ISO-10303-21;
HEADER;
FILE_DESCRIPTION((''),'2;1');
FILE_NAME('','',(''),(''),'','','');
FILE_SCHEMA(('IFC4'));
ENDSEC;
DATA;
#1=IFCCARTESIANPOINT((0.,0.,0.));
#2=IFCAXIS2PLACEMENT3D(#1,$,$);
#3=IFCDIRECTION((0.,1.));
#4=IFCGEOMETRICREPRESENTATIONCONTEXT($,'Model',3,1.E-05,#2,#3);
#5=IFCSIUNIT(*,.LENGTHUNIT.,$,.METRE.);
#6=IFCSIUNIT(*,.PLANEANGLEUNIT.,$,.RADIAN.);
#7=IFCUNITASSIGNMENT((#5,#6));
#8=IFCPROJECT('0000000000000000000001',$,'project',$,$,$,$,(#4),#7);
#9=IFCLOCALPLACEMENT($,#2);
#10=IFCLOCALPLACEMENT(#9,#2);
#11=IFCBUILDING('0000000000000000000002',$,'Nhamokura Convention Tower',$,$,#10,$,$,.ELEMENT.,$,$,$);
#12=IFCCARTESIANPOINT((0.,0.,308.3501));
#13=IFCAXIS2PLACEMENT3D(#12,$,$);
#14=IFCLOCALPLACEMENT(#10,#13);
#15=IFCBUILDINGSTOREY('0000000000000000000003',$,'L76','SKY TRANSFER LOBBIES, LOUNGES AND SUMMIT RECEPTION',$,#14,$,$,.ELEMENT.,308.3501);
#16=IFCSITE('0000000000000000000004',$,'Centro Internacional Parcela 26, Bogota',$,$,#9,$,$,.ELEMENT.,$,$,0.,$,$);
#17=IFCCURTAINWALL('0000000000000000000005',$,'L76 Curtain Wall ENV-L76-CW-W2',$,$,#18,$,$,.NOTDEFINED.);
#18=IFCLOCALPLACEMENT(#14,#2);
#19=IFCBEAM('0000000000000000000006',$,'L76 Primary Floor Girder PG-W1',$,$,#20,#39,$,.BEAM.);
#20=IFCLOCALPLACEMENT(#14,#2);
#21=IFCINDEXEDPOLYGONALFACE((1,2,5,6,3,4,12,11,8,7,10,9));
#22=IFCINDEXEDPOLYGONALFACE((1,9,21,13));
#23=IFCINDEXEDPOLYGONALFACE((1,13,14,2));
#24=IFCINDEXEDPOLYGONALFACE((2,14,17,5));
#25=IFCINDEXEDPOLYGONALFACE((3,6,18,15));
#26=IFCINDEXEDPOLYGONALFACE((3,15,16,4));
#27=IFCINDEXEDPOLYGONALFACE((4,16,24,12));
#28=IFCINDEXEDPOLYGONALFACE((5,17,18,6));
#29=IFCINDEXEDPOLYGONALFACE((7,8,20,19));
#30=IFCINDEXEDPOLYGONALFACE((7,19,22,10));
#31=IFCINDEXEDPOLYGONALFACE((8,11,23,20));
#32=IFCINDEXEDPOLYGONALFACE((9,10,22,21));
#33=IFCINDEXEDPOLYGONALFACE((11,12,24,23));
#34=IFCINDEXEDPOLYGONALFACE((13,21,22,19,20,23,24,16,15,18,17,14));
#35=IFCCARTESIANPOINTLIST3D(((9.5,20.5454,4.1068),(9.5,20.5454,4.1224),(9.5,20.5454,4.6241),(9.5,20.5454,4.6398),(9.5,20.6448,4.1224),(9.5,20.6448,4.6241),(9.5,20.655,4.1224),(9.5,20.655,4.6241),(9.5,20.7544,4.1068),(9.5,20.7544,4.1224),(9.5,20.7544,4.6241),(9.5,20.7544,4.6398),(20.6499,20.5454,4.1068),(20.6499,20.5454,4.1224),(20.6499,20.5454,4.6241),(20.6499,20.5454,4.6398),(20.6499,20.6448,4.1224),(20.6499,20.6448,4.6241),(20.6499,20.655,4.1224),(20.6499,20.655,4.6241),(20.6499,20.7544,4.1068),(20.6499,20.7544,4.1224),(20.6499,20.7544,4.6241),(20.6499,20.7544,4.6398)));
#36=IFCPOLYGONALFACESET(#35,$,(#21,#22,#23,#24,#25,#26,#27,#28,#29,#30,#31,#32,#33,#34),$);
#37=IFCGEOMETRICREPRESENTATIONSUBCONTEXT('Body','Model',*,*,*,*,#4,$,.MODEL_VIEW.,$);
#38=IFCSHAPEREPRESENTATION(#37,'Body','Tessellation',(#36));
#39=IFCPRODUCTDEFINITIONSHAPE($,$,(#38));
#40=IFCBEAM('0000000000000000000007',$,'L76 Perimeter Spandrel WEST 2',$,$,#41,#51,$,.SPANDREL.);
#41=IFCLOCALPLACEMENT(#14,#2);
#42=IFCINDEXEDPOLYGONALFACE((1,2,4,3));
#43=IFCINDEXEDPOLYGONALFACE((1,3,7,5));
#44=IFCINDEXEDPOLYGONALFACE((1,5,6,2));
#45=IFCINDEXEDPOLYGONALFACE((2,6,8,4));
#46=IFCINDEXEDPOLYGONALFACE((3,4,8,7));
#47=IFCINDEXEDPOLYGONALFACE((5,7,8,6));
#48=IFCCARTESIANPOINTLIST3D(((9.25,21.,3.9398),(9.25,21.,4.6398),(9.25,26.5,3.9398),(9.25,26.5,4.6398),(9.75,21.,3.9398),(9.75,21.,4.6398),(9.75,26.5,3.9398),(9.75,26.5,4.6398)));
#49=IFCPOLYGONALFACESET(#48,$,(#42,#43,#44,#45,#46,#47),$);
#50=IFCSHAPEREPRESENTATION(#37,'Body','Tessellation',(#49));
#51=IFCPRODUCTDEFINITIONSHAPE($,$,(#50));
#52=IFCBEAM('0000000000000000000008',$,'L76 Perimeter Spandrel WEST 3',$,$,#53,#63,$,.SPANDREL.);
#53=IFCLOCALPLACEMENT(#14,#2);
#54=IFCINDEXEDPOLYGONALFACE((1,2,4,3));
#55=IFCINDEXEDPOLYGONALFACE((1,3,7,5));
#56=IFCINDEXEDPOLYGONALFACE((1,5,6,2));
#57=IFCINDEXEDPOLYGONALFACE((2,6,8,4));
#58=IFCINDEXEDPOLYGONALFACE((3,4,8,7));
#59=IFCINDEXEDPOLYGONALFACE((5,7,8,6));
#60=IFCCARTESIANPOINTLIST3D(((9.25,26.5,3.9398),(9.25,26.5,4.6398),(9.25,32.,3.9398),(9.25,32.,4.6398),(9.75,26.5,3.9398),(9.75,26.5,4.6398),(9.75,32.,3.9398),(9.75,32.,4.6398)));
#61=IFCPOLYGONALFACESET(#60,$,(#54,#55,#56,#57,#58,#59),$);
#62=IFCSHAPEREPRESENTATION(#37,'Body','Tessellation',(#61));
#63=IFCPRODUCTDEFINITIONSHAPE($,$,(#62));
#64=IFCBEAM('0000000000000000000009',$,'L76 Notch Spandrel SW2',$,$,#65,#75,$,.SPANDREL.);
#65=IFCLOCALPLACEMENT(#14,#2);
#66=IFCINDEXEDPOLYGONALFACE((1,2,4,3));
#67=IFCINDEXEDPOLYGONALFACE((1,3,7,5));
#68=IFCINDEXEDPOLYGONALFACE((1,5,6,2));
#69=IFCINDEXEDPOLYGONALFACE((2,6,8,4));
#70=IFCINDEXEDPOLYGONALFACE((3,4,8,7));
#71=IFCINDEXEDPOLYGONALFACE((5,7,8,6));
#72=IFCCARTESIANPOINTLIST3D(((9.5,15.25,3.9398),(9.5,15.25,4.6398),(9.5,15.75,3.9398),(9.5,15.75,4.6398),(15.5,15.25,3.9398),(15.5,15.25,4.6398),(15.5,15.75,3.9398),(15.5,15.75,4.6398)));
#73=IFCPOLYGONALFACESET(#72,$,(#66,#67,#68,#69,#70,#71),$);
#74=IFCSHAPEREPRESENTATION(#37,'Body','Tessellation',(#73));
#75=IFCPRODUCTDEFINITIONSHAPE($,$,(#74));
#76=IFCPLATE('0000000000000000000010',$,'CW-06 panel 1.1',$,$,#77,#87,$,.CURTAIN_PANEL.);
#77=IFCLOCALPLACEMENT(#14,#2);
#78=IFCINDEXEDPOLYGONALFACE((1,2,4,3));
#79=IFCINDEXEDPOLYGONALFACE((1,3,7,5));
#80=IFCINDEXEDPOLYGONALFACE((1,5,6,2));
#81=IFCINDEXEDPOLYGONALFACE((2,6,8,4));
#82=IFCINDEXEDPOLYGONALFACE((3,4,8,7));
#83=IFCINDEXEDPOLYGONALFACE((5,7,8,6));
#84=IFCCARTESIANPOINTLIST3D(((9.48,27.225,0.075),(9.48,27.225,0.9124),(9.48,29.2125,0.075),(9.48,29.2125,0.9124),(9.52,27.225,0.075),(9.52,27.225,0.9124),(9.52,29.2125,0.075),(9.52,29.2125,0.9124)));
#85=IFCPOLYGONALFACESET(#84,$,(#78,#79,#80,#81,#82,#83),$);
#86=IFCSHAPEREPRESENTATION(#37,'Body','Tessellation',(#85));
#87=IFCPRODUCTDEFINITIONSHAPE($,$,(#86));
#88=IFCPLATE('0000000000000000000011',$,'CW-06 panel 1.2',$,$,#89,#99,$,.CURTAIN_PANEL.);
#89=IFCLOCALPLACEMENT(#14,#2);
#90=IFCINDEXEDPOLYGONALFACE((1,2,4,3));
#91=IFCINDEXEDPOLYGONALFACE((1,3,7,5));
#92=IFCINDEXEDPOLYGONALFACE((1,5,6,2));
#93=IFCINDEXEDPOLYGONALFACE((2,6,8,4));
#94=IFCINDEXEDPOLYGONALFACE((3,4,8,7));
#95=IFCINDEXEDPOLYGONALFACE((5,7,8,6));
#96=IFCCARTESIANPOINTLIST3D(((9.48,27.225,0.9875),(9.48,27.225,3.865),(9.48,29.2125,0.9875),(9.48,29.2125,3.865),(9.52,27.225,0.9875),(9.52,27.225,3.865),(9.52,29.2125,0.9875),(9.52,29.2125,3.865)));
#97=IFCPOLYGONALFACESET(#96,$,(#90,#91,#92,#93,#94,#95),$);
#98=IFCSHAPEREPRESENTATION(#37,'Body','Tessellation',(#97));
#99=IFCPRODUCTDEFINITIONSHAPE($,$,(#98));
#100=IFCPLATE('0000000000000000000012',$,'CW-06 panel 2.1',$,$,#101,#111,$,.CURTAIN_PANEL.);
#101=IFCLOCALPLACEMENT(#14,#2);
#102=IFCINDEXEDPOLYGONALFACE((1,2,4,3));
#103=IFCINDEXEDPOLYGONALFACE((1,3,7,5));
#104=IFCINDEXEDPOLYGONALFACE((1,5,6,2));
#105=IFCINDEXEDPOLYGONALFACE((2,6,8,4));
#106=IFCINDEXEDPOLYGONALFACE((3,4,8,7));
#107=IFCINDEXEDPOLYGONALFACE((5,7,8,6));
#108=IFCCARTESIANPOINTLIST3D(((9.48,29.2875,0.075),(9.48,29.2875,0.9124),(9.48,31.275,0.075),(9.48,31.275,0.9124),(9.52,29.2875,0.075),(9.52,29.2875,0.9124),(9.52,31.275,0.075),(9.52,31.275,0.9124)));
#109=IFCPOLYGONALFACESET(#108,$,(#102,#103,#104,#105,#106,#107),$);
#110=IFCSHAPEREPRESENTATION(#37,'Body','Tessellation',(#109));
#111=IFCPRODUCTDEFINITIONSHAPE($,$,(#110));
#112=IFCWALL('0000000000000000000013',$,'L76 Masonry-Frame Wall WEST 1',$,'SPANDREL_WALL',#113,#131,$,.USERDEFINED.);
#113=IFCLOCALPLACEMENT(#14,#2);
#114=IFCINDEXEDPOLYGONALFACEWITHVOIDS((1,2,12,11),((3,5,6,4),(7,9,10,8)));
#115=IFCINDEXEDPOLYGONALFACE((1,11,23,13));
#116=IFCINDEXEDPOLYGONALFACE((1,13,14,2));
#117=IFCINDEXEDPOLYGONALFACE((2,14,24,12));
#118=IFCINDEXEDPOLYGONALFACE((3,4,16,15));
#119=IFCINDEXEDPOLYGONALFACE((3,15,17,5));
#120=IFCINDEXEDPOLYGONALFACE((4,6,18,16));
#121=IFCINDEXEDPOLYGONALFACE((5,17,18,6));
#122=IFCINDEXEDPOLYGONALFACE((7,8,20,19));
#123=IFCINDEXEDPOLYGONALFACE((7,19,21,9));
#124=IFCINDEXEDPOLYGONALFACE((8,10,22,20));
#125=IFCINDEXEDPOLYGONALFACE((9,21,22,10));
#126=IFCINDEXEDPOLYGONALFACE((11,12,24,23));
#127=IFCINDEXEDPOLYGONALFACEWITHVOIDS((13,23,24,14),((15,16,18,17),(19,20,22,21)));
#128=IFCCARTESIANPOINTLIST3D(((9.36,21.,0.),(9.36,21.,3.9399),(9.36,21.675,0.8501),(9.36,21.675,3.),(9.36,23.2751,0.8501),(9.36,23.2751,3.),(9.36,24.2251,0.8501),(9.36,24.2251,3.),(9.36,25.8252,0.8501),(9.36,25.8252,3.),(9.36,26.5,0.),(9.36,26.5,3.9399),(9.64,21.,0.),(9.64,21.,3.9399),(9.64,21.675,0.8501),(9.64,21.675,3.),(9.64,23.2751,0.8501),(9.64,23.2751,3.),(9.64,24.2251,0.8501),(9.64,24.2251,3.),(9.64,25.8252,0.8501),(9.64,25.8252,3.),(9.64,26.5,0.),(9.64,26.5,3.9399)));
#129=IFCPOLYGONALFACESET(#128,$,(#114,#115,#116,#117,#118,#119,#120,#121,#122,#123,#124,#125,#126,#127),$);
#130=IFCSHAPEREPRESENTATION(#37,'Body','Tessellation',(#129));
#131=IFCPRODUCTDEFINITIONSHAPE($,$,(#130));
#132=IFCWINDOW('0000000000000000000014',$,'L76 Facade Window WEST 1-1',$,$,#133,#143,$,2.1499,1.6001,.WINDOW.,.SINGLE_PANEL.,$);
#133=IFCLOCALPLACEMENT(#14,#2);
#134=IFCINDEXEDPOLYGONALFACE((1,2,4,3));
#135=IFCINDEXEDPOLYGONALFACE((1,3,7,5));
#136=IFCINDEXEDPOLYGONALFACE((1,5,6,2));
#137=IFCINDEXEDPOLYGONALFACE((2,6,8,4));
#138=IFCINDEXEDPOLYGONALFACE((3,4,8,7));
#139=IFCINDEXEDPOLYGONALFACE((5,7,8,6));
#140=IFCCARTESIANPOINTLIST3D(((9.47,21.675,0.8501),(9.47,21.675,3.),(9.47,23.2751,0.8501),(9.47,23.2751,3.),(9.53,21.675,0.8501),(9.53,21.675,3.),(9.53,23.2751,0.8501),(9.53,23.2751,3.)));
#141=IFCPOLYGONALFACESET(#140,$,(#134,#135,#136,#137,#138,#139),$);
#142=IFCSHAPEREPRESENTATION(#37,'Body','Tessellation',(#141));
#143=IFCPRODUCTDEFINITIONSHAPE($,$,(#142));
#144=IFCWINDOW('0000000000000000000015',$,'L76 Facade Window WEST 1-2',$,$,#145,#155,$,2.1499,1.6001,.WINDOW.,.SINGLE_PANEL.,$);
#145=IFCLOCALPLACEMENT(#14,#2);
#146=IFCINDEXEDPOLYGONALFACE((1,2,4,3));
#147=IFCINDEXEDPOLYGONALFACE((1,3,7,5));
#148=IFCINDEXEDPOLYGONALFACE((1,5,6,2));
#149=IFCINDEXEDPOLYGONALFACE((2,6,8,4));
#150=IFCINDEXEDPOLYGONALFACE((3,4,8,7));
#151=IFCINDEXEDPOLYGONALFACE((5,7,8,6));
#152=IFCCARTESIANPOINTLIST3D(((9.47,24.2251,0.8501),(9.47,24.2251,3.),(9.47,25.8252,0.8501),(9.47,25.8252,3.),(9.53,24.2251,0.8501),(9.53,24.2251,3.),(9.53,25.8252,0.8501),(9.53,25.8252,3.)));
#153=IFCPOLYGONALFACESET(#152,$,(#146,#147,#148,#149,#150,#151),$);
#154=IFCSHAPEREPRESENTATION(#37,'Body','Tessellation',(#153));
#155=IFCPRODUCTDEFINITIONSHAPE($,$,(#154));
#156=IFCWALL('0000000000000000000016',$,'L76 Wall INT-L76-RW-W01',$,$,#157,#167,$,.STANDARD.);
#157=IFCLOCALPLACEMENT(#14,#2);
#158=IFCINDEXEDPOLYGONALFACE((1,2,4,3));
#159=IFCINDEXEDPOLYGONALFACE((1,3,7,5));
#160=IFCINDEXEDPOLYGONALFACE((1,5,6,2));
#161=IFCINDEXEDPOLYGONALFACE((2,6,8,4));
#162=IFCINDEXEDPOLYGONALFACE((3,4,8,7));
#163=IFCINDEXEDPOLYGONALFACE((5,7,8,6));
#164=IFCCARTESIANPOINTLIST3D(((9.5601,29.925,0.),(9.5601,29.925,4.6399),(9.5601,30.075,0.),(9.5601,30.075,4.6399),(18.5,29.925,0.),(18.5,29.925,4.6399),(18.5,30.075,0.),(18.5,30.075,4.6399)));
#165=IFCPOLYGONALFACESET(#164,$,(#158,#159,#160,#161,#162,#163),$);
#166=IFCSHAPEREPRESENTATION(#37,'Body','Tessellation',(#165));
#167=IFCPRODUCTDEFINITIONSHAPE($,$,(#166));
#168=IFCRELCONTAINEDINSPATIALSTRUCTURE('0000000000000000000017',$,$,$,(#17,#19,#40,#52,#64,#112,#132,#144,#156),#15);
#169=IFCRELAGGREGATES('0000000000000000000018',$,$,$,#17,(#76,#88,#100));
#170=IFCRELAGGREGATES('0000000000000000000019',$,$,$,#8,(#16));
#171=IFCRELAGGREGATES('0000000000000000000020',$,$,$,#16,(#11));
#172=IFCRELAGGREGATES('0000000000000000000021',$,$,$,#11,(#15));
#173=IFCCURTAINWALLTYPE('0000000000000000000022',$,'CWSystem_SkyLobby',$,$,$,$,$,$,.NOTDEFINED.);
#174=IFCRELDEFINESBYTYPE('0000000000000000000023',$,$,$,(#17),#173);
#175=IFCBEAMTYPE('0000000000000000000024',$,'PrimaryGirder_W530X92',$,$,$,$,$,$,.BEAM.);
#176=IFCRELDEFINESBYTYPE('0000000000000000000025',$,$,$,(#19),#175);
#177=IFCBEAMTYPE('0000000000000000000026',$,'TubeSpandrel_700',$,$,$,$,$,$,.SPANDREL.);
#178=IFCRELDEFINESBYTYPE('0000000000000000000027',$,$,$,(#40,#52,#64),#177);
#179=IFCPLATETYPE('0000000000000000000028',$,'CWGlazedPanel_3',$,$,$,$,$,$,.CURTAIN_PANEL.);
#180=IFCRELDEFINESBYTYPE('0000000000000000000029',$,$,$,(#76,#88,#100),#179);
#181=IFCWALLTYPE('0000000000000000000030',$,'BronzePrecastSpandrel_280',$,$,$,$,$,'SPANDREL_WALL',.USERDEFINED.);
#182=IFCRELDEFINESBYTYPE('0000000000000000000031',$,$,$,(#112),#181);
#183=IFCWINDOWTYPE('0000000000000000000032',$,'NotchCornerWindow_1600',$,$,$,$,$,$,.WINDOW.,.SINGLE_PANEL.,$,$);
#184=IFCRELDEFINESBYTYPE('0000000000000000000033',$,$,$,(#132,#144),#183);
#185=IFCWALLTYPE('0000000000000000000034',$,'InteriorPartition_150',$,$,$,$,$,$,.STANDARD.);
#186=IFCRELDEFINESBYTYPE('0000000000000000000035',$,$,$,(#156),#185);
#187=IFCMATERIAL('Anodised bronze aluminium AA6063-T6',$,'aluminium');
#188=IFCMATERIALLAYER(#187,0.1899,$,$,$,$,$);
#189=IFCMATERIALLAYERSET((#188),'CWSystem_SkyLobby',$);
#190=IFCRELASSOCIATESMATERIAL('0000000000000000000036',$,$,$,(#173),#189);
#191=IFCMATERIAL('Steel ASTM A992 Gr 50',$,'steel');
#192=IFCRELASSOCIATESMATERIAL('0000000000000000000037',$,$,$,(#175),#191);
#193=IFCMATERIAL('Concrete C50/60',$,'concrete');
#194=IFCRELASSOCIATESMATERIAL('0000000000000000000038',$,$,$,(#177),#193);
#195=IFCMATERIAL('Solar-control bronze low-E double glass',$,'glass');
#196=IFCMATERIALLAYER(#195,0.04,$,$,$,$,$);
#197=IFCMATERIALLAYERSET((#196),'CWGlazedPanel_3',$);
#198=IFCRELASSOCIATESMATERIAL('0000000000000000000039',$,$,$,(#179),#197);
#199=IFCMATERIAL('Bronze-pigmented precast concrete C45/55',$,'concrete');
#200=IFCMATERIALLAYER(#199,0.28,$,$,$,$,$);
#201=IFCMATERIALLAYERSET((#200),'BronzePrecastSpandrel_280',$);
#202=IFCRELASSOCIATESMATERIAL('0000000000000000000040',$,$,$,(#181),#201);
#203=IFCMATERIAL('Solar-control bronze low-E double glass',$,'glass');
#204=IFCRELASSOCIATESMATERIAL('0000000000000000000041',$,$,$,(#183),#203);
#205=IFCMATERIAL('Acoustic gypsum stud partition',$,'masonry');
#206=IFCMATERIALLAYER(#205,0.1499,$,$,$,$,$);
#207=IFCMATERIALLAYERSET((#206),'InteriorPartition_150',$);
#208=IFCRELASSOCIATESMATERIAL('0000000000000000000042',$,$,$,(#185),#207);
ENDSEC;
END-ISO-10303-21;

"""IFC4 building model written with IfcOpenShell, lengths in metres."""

from ifc_helpers import new_model, si_unit, direction, frame, frame_2d, origin, origin_2d, place, context, subcontext, project, spatial, rectangle, i_section, extrude, material, layer, layer_set, material_profile, profile_set, type_object, element, fill, aggregate, save


model = new_model("IFC4")

# Units and contexts
model_context = context("Model", 3, precision=1e-05, world=origin(), true_north=direction((0.0, 1.0)))
body_context = subcontext(model_context, "Body", "Model", "MODEL_VIEW")
ifc_project = project(units=[si_unit("LENGTHUNIT", "METRE"), si_unit("PLANEANGLEUNIT", "RADIAN")], contexts=[model_context])

# Site, building, storey
site_placement = place(None, origin())
site = spatial("IfcSite", under=ifc_project, at=site_placement, Name="Centro Internacional Parcela 26, Bogota", CompositionType="ELEMENT", RefElevation=0.0)
building_placement = place(site_placement, origin())
building = spatial("IfcBuilding", under=site, at=building_placement, Name="Nhamokura Convention Tower", CompositionType="ELEMENT")
storey_placement = place(building_placement, frame((0.0, 0.0, 308.3501)))
storey = spatial("IfcBuildingStorey", under=building, at=storey_placement, Name="L76", Description="SKY TRANSFER LOBBIES, LOUNGES AND SUMMIT RECEPTION", CompositionType="ELEMENT", Elevation=308.3501)

# Curtain wall
ifc_material_1 = material(Name="Anodised bronze aluminium AA6063-T6", Category="aluminium")
ifc_layer_1 = layer(ifc_material_1, 0.1899)
ifc_layer_set_1 = layer_set([ifc_layer_1], Name="CWSystem_SkyLobby")
curtain_wall_type = type_object("IfcCurtainWallType", Name="CWSystem_SkyLobby", PredefinedType="NOTDEFINED", material=ifc_layer_set_1)
curtain_wall_placement = place(storey_placement, origin())
curtain_wall = element("IfcCurtainWall", 1, at=curtain_wall_placement, inside=storey, type_object=curtain_wall_type, Name="L76 Curtain Wall ENV-L76-CW-W2", PredefinedType="NOTDEFINED")

# Beams
ifc_material_2 = material(Name="Steel ASTM A992 Gr 50", Category="steel")
ifc_material_profile_1 = material_profile(ifc_material_2, i_section(OverallWidth=0.209, OverallDepth=0.533, WebThickness=0.0103, FlangeThickness=0.0156, at=origin_2d()))
ifc_profile_set_1 = profile_set([ifc_material_profile_1], Name="Steel ASTM A992 Gr 50")
beam_type_1 = type_object("IfcBeamType", Name="PrimaryGirder_W530X92", PredefinedType="BEAM", material=ifc_profile_set_1)
beam_1_placement = place(storey_placement, frame((9.5, 20.6499, 4.3733), z_axis=(1.0, 0.0, 0.0), x_axis=(0.0, 1.0, 0.0)))
element("IfcBeam", 2, at=beam_1_placement, inside=storey, type_object=beam_type_1, Name="L76 Primary Floor Girder PG-W1", PredefinedType="BEAM", context=body_context, shape_type="SweptSolid", body=[
    extrude(i_section(OverallWidth=0.209, OverallDepth=0.533, WebThickness=0.0103, FlangeThickness=0.0156, at=origin_2d()), origin(), (0.0, 0.0, 1.0), 11.1499),
])
ifc_material_3 = material(Name="Concrete C50/60", Category="concrete")
ifc_material_profile_2 = material_profile(ifc_material_3, rectangle(XDim=0.5, YDim=0.7, at=origin_2d()))
ifc_profile_set_2 = profile_set([ifc_material_profile_2], Name="Concrete C50/60")
beam_type_2 = type_object("IfcBeamType", Name="TubeSpandrel_700", PredefinedType="SPANDREL", material=ifc_profile_set_2)
for number, where, z_axis, x_axis, name in (
    (3, (9.5, 21.0, 4.2898), (0.0, 1.0, 0.0), (-1.0, 0.0, 0.0), "L76 Perimeter Spandrel WEST 2"),
    (4, (9.5, 26.5, 4.2898), (0.0, 1.0, 0.0), (-1.0, 0.0, 0.0), "L76 Perimeter Spandrel WEST 3"),
):
    element("IfcBeam", number, at=place(storey_placement, frame(where, z_axis=z_axis, x_axis=x_axis)), inside=storey, type_object=beam_type_2, Name=name, PredefinedType="SPANDREL", context=body_context, shape_type="SweptSolid", body=[
        extrude(rectangle(XDim=0.5, YDim=0.7, at=origin_2d()), origin(), (0.0, 0.0, 1.0), 5.5),
    ])
beam_2_placement = place(storey_placement, frame((15.5, 15.5, 4.2898), z_axis=(-1.0, 0.0, 0.0), x_axis=(0.0, -1.0, 0.0)))
element("IfcBeam", 5, at=beam_2_placement, inside=storey, type_object=beam_type_2, Name="L76 Notch Spandrel SW2", PredefinedType="SPANDREL", context=body_context, shape_type="SweptSolid", body=[
    extrude(rectangle(XDim=0.5, YDim=0.7, at=origin_2d()), origin(), (0.0, 0.0, 1.0), 6.0),
])

# Plates
ifc_material_4 = material(Name="Solar-control bronze low-E double glass", Category="glass")
ifc_layer_2 = layer(ifc_material_4, 0.04)
ifc_layer_set_2 = layer_set([ifc_layer_2], Name="CWGlazedPanel_3")
plate_type = type_object("IfcPlateType", Name="CWGlazedPanel_3", PredefinedType="CURTAIN_PANEL", material=ifc_layer_set_2)
plate_1_placement = place(storey_placement, frame((9.5, 28.2188, 0.075), z_axis=(0.0, 0.0, 1.0), x_axis=(0.0, 1.0, 0.0)))
plate_1 = element("IfcPlate", 6, at=plate_1_placement, type_object=plate_type, Name="CW-06 panel 1.1", PredefinedType="CURTAIN_PANEL", context=body_context, shape_type="SweptSolid", body=[
    extrude(rectangle(XDim=1.9875, YDim=0.04, at=origin_2d()), origin(), (0.0, 0.0, 1.0), 0.8374),
])
plate_2_placement = place(storey_placement, frame((9.5, 28.2188, 0.9875), z_axis=(0.0, 0.0, 1.0), x_axis=(0.0, 1.0, 0.0)))
plate_2 = element("IfcPlate", 7, at=plate_2_placement, type_object=plate_type, Name="CW-06 panel 1.2", PredefinedType="CURTAIN_PANEL", context=body_context, shape_type="SweptSolid", body=[
    extrude(rectangle(XDim=1.9875, YDim=0.04, at=origin_2d()), origin(), (0.0, 0.0, 1.0), 2.8774),
])
plate_3_placement = place(storey_placement, frame((9.5, 30.2812, 0.075), z_axis=(0.0, 0.0, 1.0), x_axis=(0.0, 1.0, 0.0)))
plate_3 = element("IfcPlate", 8, at=plate_3_placement, type_object=plate_type, Name="CW-06 panel 2.1", PredefinedType="CURTAIN_PANEL", context=body_context, shape_type="SweptSolid", body=[
    extrude(rectangle(XDim=1.9875, YDim=0.04, at=origin_2d()), origin(), (0.0, 0.0, 1.0), 0.8374),
])
aggregate(curtain_wall, [plate_1, plate_2, plate_3])

# Wall, openings, windows
ifc_material_5 = material(Name="Bronze-pigmented precast concrete C45/55", Category="concrete")
ifc_layer_3 = layer(ifc_material_5, 0.28)
ifc_layer_set_3 = layer_set([ifc_layer_3], Name="BronzePrecastSpandrel_280")
wall_type_1 = type_object("IfcWallType", Name="BronzePrecastSpandrel_280", ElementType="SPANDREL_WALL", PredefinedType="USERDEFINED", material=ifc_layer_set_3)
wall_1_placement = place(storey_placement, frame((9.5, 21.0, 0.0), z_axis=(0.0, 0.0, 1.0), x_axis=(0.0, 1.0, 0.0)))
wall_1 = element("IfcWall", 9, at=wall_1_placement, inside=storey, type_object=wall_type_1, Name="L76 Masonry-Frame Wall WEST 1", ObjectType="SPANDREL_WALL", PredefinedType="USERDEFINED", context=body_context, shape_type="SweptSolid", body=[
    extrude(rectangle(XDim=5.5, YDim=0.28, at=frame_2d((2.75, 0.0))), origin(), (0.0, 0.0, 1.0), 3.9399),
])
opening_1_placement = place(wall_1_placement, frame((0.675, 0.0, 0.8501)))
opening_1 = element("IfcOpeningElement", 10, at=opening_1_placement, cuts=wall_1, PredefinedType="OPENING", context=body_context, shape_type="SweptSolid", body=[
    extrude(rectangle(XDim=1.6001, YDim=2.1499, at=frame_2d((0.8, 1.075))), frame((0.0, 0.1499, 0.0), z_axis=(0.0, -1.0, 0.0), x_axis=(1.0, 0.0, 0.0)), (0.0, 0.0, 1.0), 0.3),
])
opening_2_placement = place(wall_1_placement, frame((3.2251, 0.0, 0.8501)))
opening_2 = element("IfcOpeningElement", 11, at=opening_2_placement, cuts=wall_1, PredefinedType="OPENING", context=body_context, shape_type="SweptSolid", body=[
    extrude(rectangle(XDim=1.6001, YDim=2.1499, at=frame_2d((0.8, 1.075))), frame((0.0, 0.1499, 0.0), z_axis=(0.0, -1.0, 0.0), x_axis=(1.0, 0.0, 0.0)), (0.0, 0.0, 1.0), 0.3),
])
ifc_material_6 = material(Name="Solar-control bronze low-E double glass", Category="glass")
window_type = type_object("IfcWindowType", Name="NotchCornerWindow_1600", PartitioningType="SINGLE_PANEL", PredefinedType="WINDOW", material=ifc_material_6)
window_1_placement = place(opening_1_placement, origin())
window_1 = element("IfcWindow", 12, at=window_1_placement, inside=storey, type_object=window_type, Name="L76 Facade Window WEST 1-1", OverallHeight=2.1499, OverallWidth=1.6001, PartitioningType="SINGLE_PANEL", PredefinedType="WINDOW", context=body_context, shape_type="SweptSolid", body=[
    extrude(rectangle(XDim=1.6001, YDim=2.1499, at=frame_2d((0.8, 1.075))), frame((0.0, 0.03, 0.0), z_axis=(0.0, -1.0, 0.0), x_axis=(1.0, 0.0, 0.0)), (0.0, 0.0, 1.0), 0.0601),
])
fill(opening_1, window_1)
window_2_placement = place(opening_2_placement, origin())
window_2 = element("IfcWindow", 13, at=window_2_placement, inside=storey, type_object=window_type, Name="L76 Facade Window WEST 1-2", OverallHeight=2.1499, OverallWidth=1.6001, PartitioningType="SINGLE_PANEL", PredefinedType="WINDOW", context=body_context, shape_type="SweptSolid", body=[
    extrude(rectangle(XDim=1.6001, YDim=2.1499, at=frame_2d((0.8, 1.075))), frame((0.0, 0.03, 0.0), z_axis=(0.0, -1.0, 0.0), x_axis=(1.0, 0.0, 0.0)), (0.0, 0.0, 1.0), 0.0601),
])
fill(opening_2, window_2)

# Wall
ifc_material_7 = material(Name="Acoustic gypsum stud partition", Category="masonry")
ifc_layer_4 = layer(ifc_material_7, 0.1499)
ifc_layer_set_4 = layer_set([ifc_layer_4], Name="InteriorPartition_150")
wall_type_2 = type_object("IfcWallType", Name="InteriorPartition_150", PredefinedType="STANDARD", material=ifc_layer_set_4)
wall_2_placement = place(storey_placement, frame((9.5601, 30.0, 0.0), z_axis=(0.0, 0.0, 1.0), x_axis=(1.0, 0.0, 0.0)))
element("IfcWall", 14, at=wall_2_placement, inside=storey, type_object=wall_type_2, Name="L76 Wall INT-L76-RW-W01", PredefinedType="STANDARD", context=body_context, shape_type="SweptSolid", body=[
    extrude(rectangle(XDim=8.9399, YDim=0.1499, at=frame_2d((4.47, 0.0))), origin(), (0.0, 0.0, 1.0), 4.6399),
])

save(model, "model.ifc")
